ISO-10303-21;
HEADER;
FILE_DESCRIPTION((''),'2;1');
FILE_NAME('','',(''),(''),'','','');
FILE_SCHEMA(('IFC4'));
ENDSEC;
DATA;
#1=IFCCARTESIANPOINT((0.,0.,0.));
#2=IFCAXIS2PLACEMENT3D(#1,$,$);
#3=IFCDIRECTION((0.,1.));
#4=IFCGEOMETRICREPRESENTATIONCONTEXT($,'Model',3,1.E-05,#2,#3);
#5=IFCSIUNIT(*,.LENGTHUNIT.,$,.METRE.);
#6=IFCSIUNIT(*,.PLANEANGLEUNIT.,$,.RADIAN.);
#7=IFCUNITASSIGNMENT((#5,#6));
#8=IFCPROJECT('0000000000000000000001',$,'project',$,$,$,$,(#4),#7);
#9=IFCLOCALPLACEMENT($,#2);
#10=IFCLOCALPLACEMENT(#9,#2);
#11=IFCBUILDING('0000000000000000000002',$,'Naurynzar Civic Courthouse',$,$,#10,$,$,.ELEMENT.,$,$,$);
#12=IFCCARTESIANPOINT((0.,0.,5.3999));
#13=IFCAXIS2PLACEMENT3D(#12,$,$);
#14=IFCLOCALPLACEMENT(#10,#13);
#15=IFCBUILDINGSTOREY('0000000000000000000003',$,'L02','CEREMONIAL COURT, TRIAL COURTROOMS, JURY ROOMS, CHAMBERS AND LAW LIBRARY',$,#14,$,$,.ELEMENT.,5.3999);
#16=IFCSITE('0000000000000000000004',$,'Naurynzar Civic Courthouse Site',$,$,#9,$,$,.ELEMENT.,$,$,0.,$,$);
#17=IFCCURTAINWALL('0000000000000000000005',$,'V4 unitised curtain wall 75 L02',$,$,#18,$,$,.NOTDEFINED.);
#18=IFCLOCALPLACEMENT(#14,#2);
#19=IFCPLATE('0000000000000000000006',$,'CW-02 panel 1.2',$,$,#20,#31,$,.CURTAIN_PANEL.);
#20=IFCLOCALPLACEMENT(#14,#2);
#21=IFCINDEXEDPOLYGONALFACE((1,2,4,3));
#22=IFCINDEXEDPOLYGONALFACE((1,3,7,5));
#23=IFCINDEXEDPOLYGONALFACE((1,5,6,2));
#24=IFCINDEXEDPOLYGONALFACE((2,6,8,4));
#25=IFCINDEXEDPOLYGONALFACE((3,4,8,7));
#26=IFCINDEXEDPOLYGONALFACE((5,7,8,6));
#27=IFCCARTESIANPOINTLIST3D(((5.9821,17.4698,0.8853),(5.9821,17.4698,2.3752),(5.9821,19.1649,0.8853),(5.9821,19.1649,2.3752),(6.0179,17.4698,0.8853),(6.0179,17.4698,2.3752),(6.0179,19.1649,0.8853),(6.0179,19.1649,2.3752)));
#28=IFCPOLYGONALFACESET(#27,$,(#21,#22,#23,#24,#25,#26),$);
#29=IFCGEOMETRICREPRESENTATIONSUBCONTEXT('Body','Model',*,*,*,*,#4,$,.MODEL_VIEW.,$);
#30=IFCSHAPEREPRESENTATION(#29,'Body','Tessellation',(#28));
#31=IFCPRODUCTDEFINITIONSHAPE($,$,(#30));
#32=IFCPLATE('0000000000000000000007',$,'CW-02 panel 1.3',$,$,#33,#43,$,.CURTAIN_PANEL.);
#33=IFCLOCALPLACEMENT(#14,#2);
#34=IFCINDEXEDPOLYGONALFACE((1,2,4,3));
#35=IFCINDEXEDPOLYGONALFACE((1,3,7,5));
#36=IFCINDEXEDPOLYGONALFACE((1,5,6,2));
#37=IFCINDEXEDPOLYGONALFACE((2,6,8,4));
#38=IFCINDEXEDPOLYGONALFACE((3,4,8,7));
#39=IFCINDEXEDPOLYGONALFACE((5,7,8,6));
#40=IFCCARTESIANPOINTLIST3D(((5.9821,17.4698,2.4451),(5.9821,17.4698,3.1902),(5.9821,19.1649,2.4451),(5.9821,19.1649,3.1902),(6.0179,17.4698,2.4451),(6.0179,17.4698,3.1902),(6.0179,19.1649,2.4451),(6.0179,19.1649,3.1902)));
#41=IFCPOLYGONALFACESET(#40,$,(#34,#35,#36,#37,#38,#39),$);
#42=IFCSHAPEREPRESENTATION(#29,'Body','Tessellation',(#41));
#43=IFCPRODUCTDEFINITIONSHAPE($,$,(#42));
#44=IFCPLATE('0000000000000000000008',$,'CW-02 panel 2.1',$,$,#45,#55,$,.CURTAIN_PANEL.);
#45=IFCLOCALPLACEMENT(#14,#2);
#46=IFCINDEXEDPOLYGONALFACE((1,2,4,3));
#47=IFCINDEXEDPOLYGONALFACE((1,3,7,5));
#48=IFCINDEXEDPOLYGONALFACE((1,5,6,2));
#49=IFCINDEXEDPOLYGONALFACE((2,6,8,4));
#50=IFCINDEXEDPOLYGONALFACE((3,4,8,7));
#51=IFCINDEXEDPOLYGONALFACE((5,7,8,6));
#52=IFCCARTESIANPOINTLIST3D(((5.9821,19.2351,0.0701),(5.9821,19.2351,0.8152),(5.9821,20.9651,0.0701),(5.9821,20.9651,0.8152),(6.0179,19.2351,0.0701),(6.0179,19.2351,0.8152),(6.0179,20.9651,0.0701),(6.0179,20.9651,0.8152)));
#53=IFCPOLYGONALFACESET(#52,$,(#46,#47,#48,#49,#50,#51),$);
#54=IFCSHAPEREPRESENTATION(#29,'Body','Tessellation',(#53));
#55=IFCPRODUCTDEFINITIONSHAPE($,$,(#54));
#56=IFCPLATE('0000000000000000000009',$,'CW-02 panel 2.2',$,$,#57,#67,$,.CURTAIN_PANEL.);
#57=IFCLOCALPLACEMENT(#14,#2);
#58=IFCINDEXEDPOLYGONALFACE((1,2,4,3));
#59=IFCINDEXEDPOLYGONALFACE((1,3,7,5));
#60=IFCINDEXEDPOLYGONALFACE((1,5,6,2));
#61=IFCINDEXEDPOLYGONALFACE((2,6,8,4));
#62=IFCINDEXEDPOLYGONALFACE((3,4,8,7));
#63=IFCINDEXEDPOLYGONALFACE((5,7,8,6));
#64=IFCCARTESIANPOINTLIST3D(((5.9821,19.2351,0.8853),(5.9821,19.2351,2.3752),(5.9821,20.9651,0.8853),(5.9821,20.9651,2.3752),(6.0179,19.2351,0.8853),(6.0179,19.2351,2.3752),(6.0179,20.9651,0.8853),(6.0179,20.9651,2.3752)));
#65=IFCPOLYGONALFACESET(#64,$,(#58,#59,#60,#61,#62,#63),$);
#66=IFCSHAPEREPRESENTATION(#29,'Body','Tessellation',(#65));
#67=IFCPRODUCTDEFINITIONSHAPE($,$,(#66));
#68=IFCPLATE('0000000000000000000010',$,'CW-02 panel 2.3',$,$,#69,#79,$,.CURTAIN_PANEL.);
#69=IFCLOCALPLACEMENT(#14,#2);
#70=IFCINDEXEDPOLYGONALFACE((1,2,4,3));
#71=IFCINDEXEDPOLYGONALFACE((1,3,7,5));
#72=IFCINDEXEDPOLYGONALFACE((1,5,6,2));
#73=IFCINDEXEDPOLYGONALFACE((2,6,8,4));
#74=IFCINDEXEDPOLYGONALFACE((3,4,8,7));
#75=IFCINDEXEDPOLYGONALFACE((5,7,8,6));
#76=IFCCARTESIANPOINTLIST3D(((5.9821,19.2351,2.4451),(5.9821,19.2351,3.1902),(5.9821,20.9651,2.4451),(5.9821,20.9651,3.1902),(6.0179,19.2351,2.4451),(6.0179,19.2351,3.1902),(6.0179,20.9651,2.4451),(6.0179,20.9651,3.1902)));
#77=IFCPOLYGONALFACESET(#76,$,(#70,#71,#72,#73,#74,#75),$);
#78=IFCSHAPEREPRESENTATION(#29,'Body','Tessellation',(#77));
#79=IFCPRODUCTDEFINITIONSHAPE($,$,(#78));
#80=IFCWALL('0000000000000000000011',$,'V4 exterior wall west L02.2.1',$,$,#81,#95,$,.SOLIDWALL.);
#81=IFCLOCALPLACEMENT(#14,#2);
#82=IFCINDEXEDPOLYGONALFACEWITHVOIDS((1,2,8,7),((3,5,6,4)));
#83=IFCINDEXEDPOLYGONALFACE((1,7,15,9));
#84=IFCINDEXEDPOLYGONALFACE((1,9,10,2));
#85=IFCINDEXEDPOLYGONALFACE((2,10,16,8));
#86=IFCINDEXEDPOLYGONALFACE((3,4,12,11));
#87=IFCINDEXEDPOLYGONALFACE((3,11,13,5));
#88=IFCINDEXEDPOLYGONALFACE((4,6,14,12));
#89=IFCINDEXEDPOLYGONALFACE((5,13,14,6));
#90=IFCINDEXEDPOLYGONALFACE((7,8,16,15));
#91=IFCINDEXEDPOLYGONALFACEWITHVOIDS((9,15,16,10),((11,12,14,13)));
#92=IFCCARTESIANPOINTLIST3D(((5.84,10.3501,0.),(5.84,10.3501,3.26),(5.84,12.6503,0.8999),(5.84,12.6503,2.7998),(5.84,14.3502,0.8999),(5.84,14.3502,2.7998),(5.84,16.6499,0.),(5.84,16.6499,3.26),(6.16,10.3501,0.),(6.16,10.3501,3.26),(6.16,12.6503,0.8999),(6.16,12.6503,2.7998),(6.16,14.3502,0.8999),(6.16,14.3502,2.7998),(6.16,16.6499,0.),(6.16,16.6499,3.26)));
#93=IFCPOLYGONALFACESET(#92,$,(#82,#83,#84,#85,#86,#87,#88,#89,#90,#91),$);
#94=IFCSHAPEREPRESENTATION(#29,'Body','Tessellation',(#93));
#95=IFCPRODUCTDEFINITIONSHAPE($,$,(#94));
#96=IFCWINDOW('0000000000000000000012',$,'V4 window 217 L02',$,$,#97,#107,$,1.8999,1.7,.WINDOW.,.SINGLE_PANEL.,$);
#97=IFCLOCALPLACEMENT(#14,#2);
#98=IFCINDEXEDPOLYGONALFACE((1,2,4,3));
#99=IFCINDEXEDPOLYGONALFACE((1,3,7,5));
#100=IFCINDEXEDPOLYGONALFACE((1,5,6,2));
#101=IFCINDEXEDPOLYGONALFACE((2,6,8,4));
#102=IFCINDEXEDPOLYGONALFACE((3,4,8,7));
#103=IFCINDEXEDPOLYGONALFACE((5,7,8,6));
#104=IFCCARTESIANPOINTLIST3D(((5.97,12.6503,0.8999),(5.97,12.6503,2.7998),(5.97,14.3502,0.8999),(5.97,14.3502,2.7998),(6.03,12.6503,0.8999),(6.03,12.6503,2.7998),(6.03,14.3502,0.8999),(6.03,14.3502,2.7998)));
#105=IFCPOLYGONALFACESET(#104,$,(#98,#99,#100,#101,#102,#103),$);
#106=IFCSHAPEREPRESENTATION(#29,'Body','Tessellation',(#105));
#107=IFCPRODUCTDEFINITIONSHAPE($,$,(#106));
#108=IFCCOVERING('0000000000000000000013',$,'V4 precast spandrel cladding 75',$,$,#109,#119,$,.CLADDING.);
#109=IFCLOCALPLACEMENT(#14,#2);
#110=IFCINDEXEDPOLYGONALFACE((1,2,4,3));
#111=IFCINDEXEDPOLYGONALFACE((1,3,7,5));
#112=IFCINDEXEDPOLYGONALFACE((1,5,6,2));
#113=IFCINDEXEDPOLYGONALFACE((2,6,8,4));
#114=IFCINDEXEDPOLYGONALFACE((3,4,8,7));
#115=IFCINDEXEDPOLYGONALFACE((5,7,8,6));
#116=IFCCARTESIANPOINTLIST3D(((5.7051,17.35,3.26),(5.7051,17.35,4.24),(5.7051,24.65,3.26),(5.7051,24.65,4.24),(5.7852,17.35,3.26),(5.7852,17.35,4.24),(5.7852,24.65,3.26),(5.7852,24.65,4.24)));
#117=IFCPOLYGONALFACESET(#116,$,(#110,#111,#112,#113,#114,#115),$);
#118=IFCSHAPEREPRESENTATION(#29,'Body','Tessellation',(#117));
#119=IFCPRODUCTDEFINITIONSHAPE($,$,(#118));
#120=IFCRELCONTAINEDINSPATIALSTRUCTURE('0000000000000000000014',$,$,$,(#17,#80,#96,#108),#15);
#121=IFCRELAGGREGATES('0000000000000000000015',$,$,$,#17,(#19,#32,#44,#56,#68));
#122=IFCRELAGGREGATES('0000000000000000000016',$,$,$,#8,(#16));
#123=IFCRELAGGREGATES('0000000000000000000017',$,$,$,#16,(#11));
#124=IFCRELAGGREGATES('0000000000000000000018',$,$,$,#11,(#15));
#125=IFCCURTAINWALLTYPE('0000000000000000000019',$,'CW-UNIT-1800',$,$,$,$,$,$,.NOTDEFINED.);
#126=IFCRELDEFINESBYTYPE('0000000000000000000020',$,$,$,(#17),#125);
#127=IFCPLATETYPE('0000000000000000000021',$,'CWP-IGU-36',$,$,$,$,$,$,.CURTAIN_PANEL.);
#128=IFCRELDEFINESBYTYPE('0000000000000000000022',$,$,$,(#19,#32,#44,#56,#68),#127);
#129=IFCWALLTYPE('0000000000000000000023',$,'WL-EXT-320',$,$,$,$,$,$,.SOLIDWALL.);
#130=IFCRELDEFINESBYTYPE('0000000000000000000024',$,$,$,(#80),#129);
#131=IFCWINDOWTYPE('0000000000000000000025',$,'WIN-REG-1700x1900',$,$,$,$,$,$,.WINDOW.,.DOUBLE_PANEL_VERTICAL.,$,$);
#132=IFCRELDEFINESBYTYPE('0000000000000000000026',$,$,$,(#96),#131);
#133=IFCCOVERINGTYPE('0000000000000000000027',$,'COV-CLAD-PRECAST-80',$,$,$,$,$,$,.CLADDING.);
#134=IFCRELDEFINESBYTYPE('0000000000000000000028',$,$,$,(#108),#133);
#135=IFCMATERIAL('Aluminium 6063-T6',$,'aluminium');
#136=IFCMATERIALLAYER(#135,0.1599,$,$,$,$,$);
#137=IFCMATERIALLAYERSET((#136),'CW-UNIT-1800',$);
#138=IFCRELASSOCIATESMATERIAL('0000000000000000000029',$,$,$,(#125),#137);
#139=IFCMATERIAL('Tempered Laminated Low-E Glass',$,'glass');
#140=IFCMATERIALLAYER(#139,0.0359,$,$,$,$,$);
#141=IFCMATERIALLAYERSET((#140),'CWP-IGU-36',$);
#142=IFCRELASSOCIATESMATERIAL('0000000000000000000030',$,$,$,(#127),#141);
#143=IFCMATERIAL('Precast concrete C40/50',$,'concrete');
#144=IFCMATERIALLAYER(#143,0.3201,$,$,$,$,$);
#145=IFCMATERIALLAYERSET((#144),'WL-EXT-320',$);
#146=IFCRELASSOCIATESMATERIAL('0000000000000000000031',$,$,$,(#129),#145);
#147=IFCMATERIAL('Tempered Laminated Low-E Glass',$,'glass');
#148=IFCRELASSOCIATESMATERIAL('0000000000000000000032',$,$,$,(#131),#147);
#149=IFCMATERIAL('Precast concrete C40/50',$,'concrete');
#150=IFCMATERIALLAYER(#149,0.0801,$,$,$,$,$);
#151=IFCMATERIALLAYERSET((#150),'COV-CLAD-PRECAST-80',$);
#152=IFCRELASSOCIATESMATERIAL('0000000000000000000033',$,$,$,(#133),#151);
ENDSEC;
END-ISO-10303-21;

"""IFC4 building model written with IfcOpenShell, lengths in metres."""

from ifc_helpers import new_model, si_unit, direction, frame, frame_2d, origin, origin_2d, place, context, subcontext, project, spatial, rectangle, extrude, material, layer, layer_set, type_object, element, fill, aggregate, save


model = new_model("IFC4")

# Units and contexts
model_context = context("Model", 3, precision=1e-05, world=origin(), true_north=direction((0.0, 1.0)))
body_context = subcontext(model_context, "Body", "Model", "MODEL_VIEW")
ifc_project = project(units=[si_unit("LENGTHUNIT", "METRE"), si_unit("PLANEANGLEUNIT", "RADIAN")], contexts=[model_context])

# Site, building, storey
site_placement = place(None, origin())
site = spatial("IfcSite", under=ifc_project, at=site_placement, Name="Naurynzar Civic Courthouse Site", CompositionType="ELEMENT", RefElevation=0.0)
building_placement = place(site_placement, origin())
building = spatial("IfcBuilding", under=site, at=building_placement, Name="Naurynzar Civic Courthouse", CompositionType="ELEMENT")
storey_placement = place(building_placement, frame((0.0, 0.0, 5.3999)))
storey = spatial("IfcBuildingStorey", under=building, at=storey_placement, Name="L02", Description="CEREMONIAL COURT, TRIAL COURTROOMS, JURY ROOMS, CHAMBERS AND LAW LIBRARY", CompositionType="ELEMENT", Elevation=5.3999)

# Curtain wall, plates
ifc_material_1 = material(Name="Aluminium 6063-T6", Category="aluminium")
ifc_layer_1 = layer(ifc_material_1, 0.1599)
ifc_layer_set_1 = layer_set([ifc_layer_1], Name="CW-UNIT-1800")
curtain_wall_type = type_object("IfcCurtainWallType", Name="CW-UNIT-1800", PredefinedType="NOTDEFINED", material=ifc_layer_set_1)
curtain_wall_placement = place(storey_placement, origin())
curtain_wall = element("IfcCurtainWall", 1, at=curtain_wall_placement, inside=storey, type_object=curtain_wall_type, Name="V4 unitised curtain wall 75 L02", PredefinedType="NOTDEFINED")
ifc_material_2 = material(Name="Tempered Laminated Low-E Glass", Category="glass")
ifc_layer_2 = layer(ifc_material_2, 0.0359)
ifc_layer_set_2 = layer_set([ifc_layer_2], Name="CWP-IGU-36")
plate_type = type_object("IfcPlateType", Name="CWP-IGU-36", PredefinedType="CURTAIN_PANEL", material=ifc_layer_set_2)
plate_1_placement = place(storey_placement, frame((6.0, 18.3174, 0.8853), z_axis=(0.0, 0.0, 1.0), x_axis=(0.0, 1.0, 0.0)))
plate_1 = element("IfcPlate", 2, at=plate_1_placement, type_object=plate_type, Name="CW-02 panel 1.2", PredefinedType="CURTAIN_PANEL", context=body_context, shape_type="SweptSolid", body=[
    extrude(rectangle(XDim=1.6951, YDim=0.0359, at=origin_2d()), origin(), (0.0, 0.0, 1.0), 1.49),
])
plate_2_placement = place(storey_placement, frame((6.0, 18.3174, 2.4451), z_axis=(0.0, 0.0, 1.0), x_axis=(0.0, 1.0, 0.0)))
plate_2 = element("IfcPlate", 3, at=plate_2_placement, type_object=plate_type, Name="CW-02 panel 1.3", PredefinedType="CURTAIN_PANEL", context=body_context, shape_type="SweptSolid", body=[
    extrude(rectangle(XDim=1.6951, YDim=0.0359, at=origin_2d()), origin(), (0.0, 0.0, 1.0), 0.7451),
])
plate_3_placement = place(storey_placement, frame((6.0, 20.1001, 0.0701), z_axis=(0.0, 0.0, 1.0), x_axis=(0.0, 1.0, 0.0)))
plate_3 = element("IfcPlate", 4, at=plate_3_placement, type_object=plate_type, Name="CW-02 panel 2.1", PredefinedType="CURTAIN_PANEL", context=body_context, shape_type="SweptSolid", body=[
    extrude(rectangle(XDim=1.73, YDim=0.0359, at=origin_2d()), origin(), (0.0, 0.0, 1.0), 0.7451),
])
plate_4_placement = place(storey_placement, frame((6.0, 20.1001, 0.8853), z_axis=(0.0, 0.0, 1.0), x_axis=(0.0, 1.0, 0.0)))
plate_4 = element("IfcPlate", 5, at=plate_4_placement, type_object=plate_type, Name="CW-02 panel 2.2", PredefinedType="CURTAIN_PANEL", context=body_context, shape_type="SweptSolid", body=[
    extrude(rectangle(XDim=1.73, YDim=0.0359, at=origin_2d()), origin(), (0.0, 0.0, 1.0), 1.49),
])
plate_5_placement = place(storey_placement, frame((6.0, 20.1001, 2.4451), z_axis=(0.0, 0.0, 1.0), x_axis=(0.0, 1.0, 0.0)))
plate_5 = element("IfcPlate", 6, at=plate_5_placement, type_object=plate_type, Name="CW-02 panel 2.3", PredefinedType="CURTAIN_PANEL", context=body_context, shape_type="SweptSolid", body=[
    extrude(rectangle(XDim=1.73, YDim=0.0359, at=origin_2d()), origin(), (0.0, 0.0, 1.0), 0.7451),
])
aggregate(curtain_wall, [plate_1, plate_2, plate_3, plate_4, plate_5])

# Wall, opening, window
ifc_material_3 = material(Name="Precast concrete C40/50", Category="concrete")
ifc_layer_3 = layer(ifc_material_3, 0.3201)
ifc_layer_set_3 = layer_set([ifc_layer_3], Name="WL-EXT-320")
wall_type = type_object("IfcWallType", Name="WL-EXT-320", PredefinedType="SOLIDWALL", material=ifc_layer_set_3)
wall_placement = place(storey_placement, frame((6.0, 10.3501, 0.0), z_axis=(0.0, 0.0, 1.0), x_axis=(0.0, 1.0, 0.0)))
wall = element("IfcWall", 7, at=wall_placement, inside=storey, type_object=wall_type, Name="V4 exterior wall west L02.2.1", PredefinedType="SOLIDWALL", context=body_context, shape_type="SweptSolid", body=[
    extrude(rectangle(XDim=6.2998, YDim=0.3201, at=frame_2d((3.1499, 0.0))), origin(), (0.0, 0.0, 1.0), 3.26),
])
opening_placement = place(wall_placement, frame((2.3, 0.0, 0.8999)))
opening = element("IfcOpeningElement", 8, at=opening_placement, cuts=wall, PredefinedType="OPENING", context=body_context, shape_type="SweptSolid", body=[
    extrude(rectangle(XDim=1.7, YDim=1.8999, at=frame_2d((0.8501, 0.95))), frame((0.0, 0.1699, 0.0), z_axis=(0.0, -1.0, 0.0), x_axis=(1.0, 0.0, 0.0)), (0.0, 0.0, 1.0), 0.3401),
])
ifc_material_4 = material(Name="Tempered Laminated Low-E Glass", Category="glass")
window_type = type_object("IfcWindowType", Name="WIN-REG-1700x1900", PartitioningType="DOUBLE_PANEL_VERTICAL", PredefinedType="WINDOW", material=ifc_material_4)
window_placement = place(opening_placement, origin())
window = element("IfcWindow", 9, at=window_placement, inside=storey, type_object=window_type, Name="V4 window 217 L02", OverallHeight=1.8999, OverallWidth=1.7, PartitioningType="SINGLE_PANEL", PredefinedType="WINDOW", context=body_context, shape_type="SweptSolid", body=[
    extrude(rectangle(XDim=1.7, YDim=1.8999, at=frame_2d((0.8501, 0.95))), frame((0.0, 0.03, 0.0), z_axis=(0.0, -1.0, 0.0), x_axis=(1.0, 0.0, 0.0)), (0.0, 0.0, 1.0), 0.0601),
])
fill(opening, window)

# Covering
ifc_material_5 = material(Name="Precast concrete C40/50", Category="concrete")
ifc_layer_4 = layer(ifc_material_5, 0.0801)
ifc_layer_set_4 = layer_set([ifc_layer_4], Name="COV-CLAD-PRECAST-80")
covering_type = type_object("IfcCoveringType", Name="COV-CLAD-PRECAST-80", PredefinedType="CLADDING", material=ifc_layer_set_4)
covering_placement = place(storey_placement, frame((5.7451, 21.0, 3.26), z_axis=(0.0, 0.0, 1.0), x_axis=(0.0, 1.0, 0.0)))
element("IfcCovering", 10, at=covering_placement, inside=storey, type_object=covering_type, Name="V4 precast spandrel cladding 75", PredefinedType="CLADDING", context=body_context, shape_type="SweptSolid", body=[
    extrude(rectangle(XDim=7.3, YDim=0.0801, at=origin_2d()), origin(), (0.0, 0.0, 1.0), 0.98),
])

save(model, "model.ifc")
